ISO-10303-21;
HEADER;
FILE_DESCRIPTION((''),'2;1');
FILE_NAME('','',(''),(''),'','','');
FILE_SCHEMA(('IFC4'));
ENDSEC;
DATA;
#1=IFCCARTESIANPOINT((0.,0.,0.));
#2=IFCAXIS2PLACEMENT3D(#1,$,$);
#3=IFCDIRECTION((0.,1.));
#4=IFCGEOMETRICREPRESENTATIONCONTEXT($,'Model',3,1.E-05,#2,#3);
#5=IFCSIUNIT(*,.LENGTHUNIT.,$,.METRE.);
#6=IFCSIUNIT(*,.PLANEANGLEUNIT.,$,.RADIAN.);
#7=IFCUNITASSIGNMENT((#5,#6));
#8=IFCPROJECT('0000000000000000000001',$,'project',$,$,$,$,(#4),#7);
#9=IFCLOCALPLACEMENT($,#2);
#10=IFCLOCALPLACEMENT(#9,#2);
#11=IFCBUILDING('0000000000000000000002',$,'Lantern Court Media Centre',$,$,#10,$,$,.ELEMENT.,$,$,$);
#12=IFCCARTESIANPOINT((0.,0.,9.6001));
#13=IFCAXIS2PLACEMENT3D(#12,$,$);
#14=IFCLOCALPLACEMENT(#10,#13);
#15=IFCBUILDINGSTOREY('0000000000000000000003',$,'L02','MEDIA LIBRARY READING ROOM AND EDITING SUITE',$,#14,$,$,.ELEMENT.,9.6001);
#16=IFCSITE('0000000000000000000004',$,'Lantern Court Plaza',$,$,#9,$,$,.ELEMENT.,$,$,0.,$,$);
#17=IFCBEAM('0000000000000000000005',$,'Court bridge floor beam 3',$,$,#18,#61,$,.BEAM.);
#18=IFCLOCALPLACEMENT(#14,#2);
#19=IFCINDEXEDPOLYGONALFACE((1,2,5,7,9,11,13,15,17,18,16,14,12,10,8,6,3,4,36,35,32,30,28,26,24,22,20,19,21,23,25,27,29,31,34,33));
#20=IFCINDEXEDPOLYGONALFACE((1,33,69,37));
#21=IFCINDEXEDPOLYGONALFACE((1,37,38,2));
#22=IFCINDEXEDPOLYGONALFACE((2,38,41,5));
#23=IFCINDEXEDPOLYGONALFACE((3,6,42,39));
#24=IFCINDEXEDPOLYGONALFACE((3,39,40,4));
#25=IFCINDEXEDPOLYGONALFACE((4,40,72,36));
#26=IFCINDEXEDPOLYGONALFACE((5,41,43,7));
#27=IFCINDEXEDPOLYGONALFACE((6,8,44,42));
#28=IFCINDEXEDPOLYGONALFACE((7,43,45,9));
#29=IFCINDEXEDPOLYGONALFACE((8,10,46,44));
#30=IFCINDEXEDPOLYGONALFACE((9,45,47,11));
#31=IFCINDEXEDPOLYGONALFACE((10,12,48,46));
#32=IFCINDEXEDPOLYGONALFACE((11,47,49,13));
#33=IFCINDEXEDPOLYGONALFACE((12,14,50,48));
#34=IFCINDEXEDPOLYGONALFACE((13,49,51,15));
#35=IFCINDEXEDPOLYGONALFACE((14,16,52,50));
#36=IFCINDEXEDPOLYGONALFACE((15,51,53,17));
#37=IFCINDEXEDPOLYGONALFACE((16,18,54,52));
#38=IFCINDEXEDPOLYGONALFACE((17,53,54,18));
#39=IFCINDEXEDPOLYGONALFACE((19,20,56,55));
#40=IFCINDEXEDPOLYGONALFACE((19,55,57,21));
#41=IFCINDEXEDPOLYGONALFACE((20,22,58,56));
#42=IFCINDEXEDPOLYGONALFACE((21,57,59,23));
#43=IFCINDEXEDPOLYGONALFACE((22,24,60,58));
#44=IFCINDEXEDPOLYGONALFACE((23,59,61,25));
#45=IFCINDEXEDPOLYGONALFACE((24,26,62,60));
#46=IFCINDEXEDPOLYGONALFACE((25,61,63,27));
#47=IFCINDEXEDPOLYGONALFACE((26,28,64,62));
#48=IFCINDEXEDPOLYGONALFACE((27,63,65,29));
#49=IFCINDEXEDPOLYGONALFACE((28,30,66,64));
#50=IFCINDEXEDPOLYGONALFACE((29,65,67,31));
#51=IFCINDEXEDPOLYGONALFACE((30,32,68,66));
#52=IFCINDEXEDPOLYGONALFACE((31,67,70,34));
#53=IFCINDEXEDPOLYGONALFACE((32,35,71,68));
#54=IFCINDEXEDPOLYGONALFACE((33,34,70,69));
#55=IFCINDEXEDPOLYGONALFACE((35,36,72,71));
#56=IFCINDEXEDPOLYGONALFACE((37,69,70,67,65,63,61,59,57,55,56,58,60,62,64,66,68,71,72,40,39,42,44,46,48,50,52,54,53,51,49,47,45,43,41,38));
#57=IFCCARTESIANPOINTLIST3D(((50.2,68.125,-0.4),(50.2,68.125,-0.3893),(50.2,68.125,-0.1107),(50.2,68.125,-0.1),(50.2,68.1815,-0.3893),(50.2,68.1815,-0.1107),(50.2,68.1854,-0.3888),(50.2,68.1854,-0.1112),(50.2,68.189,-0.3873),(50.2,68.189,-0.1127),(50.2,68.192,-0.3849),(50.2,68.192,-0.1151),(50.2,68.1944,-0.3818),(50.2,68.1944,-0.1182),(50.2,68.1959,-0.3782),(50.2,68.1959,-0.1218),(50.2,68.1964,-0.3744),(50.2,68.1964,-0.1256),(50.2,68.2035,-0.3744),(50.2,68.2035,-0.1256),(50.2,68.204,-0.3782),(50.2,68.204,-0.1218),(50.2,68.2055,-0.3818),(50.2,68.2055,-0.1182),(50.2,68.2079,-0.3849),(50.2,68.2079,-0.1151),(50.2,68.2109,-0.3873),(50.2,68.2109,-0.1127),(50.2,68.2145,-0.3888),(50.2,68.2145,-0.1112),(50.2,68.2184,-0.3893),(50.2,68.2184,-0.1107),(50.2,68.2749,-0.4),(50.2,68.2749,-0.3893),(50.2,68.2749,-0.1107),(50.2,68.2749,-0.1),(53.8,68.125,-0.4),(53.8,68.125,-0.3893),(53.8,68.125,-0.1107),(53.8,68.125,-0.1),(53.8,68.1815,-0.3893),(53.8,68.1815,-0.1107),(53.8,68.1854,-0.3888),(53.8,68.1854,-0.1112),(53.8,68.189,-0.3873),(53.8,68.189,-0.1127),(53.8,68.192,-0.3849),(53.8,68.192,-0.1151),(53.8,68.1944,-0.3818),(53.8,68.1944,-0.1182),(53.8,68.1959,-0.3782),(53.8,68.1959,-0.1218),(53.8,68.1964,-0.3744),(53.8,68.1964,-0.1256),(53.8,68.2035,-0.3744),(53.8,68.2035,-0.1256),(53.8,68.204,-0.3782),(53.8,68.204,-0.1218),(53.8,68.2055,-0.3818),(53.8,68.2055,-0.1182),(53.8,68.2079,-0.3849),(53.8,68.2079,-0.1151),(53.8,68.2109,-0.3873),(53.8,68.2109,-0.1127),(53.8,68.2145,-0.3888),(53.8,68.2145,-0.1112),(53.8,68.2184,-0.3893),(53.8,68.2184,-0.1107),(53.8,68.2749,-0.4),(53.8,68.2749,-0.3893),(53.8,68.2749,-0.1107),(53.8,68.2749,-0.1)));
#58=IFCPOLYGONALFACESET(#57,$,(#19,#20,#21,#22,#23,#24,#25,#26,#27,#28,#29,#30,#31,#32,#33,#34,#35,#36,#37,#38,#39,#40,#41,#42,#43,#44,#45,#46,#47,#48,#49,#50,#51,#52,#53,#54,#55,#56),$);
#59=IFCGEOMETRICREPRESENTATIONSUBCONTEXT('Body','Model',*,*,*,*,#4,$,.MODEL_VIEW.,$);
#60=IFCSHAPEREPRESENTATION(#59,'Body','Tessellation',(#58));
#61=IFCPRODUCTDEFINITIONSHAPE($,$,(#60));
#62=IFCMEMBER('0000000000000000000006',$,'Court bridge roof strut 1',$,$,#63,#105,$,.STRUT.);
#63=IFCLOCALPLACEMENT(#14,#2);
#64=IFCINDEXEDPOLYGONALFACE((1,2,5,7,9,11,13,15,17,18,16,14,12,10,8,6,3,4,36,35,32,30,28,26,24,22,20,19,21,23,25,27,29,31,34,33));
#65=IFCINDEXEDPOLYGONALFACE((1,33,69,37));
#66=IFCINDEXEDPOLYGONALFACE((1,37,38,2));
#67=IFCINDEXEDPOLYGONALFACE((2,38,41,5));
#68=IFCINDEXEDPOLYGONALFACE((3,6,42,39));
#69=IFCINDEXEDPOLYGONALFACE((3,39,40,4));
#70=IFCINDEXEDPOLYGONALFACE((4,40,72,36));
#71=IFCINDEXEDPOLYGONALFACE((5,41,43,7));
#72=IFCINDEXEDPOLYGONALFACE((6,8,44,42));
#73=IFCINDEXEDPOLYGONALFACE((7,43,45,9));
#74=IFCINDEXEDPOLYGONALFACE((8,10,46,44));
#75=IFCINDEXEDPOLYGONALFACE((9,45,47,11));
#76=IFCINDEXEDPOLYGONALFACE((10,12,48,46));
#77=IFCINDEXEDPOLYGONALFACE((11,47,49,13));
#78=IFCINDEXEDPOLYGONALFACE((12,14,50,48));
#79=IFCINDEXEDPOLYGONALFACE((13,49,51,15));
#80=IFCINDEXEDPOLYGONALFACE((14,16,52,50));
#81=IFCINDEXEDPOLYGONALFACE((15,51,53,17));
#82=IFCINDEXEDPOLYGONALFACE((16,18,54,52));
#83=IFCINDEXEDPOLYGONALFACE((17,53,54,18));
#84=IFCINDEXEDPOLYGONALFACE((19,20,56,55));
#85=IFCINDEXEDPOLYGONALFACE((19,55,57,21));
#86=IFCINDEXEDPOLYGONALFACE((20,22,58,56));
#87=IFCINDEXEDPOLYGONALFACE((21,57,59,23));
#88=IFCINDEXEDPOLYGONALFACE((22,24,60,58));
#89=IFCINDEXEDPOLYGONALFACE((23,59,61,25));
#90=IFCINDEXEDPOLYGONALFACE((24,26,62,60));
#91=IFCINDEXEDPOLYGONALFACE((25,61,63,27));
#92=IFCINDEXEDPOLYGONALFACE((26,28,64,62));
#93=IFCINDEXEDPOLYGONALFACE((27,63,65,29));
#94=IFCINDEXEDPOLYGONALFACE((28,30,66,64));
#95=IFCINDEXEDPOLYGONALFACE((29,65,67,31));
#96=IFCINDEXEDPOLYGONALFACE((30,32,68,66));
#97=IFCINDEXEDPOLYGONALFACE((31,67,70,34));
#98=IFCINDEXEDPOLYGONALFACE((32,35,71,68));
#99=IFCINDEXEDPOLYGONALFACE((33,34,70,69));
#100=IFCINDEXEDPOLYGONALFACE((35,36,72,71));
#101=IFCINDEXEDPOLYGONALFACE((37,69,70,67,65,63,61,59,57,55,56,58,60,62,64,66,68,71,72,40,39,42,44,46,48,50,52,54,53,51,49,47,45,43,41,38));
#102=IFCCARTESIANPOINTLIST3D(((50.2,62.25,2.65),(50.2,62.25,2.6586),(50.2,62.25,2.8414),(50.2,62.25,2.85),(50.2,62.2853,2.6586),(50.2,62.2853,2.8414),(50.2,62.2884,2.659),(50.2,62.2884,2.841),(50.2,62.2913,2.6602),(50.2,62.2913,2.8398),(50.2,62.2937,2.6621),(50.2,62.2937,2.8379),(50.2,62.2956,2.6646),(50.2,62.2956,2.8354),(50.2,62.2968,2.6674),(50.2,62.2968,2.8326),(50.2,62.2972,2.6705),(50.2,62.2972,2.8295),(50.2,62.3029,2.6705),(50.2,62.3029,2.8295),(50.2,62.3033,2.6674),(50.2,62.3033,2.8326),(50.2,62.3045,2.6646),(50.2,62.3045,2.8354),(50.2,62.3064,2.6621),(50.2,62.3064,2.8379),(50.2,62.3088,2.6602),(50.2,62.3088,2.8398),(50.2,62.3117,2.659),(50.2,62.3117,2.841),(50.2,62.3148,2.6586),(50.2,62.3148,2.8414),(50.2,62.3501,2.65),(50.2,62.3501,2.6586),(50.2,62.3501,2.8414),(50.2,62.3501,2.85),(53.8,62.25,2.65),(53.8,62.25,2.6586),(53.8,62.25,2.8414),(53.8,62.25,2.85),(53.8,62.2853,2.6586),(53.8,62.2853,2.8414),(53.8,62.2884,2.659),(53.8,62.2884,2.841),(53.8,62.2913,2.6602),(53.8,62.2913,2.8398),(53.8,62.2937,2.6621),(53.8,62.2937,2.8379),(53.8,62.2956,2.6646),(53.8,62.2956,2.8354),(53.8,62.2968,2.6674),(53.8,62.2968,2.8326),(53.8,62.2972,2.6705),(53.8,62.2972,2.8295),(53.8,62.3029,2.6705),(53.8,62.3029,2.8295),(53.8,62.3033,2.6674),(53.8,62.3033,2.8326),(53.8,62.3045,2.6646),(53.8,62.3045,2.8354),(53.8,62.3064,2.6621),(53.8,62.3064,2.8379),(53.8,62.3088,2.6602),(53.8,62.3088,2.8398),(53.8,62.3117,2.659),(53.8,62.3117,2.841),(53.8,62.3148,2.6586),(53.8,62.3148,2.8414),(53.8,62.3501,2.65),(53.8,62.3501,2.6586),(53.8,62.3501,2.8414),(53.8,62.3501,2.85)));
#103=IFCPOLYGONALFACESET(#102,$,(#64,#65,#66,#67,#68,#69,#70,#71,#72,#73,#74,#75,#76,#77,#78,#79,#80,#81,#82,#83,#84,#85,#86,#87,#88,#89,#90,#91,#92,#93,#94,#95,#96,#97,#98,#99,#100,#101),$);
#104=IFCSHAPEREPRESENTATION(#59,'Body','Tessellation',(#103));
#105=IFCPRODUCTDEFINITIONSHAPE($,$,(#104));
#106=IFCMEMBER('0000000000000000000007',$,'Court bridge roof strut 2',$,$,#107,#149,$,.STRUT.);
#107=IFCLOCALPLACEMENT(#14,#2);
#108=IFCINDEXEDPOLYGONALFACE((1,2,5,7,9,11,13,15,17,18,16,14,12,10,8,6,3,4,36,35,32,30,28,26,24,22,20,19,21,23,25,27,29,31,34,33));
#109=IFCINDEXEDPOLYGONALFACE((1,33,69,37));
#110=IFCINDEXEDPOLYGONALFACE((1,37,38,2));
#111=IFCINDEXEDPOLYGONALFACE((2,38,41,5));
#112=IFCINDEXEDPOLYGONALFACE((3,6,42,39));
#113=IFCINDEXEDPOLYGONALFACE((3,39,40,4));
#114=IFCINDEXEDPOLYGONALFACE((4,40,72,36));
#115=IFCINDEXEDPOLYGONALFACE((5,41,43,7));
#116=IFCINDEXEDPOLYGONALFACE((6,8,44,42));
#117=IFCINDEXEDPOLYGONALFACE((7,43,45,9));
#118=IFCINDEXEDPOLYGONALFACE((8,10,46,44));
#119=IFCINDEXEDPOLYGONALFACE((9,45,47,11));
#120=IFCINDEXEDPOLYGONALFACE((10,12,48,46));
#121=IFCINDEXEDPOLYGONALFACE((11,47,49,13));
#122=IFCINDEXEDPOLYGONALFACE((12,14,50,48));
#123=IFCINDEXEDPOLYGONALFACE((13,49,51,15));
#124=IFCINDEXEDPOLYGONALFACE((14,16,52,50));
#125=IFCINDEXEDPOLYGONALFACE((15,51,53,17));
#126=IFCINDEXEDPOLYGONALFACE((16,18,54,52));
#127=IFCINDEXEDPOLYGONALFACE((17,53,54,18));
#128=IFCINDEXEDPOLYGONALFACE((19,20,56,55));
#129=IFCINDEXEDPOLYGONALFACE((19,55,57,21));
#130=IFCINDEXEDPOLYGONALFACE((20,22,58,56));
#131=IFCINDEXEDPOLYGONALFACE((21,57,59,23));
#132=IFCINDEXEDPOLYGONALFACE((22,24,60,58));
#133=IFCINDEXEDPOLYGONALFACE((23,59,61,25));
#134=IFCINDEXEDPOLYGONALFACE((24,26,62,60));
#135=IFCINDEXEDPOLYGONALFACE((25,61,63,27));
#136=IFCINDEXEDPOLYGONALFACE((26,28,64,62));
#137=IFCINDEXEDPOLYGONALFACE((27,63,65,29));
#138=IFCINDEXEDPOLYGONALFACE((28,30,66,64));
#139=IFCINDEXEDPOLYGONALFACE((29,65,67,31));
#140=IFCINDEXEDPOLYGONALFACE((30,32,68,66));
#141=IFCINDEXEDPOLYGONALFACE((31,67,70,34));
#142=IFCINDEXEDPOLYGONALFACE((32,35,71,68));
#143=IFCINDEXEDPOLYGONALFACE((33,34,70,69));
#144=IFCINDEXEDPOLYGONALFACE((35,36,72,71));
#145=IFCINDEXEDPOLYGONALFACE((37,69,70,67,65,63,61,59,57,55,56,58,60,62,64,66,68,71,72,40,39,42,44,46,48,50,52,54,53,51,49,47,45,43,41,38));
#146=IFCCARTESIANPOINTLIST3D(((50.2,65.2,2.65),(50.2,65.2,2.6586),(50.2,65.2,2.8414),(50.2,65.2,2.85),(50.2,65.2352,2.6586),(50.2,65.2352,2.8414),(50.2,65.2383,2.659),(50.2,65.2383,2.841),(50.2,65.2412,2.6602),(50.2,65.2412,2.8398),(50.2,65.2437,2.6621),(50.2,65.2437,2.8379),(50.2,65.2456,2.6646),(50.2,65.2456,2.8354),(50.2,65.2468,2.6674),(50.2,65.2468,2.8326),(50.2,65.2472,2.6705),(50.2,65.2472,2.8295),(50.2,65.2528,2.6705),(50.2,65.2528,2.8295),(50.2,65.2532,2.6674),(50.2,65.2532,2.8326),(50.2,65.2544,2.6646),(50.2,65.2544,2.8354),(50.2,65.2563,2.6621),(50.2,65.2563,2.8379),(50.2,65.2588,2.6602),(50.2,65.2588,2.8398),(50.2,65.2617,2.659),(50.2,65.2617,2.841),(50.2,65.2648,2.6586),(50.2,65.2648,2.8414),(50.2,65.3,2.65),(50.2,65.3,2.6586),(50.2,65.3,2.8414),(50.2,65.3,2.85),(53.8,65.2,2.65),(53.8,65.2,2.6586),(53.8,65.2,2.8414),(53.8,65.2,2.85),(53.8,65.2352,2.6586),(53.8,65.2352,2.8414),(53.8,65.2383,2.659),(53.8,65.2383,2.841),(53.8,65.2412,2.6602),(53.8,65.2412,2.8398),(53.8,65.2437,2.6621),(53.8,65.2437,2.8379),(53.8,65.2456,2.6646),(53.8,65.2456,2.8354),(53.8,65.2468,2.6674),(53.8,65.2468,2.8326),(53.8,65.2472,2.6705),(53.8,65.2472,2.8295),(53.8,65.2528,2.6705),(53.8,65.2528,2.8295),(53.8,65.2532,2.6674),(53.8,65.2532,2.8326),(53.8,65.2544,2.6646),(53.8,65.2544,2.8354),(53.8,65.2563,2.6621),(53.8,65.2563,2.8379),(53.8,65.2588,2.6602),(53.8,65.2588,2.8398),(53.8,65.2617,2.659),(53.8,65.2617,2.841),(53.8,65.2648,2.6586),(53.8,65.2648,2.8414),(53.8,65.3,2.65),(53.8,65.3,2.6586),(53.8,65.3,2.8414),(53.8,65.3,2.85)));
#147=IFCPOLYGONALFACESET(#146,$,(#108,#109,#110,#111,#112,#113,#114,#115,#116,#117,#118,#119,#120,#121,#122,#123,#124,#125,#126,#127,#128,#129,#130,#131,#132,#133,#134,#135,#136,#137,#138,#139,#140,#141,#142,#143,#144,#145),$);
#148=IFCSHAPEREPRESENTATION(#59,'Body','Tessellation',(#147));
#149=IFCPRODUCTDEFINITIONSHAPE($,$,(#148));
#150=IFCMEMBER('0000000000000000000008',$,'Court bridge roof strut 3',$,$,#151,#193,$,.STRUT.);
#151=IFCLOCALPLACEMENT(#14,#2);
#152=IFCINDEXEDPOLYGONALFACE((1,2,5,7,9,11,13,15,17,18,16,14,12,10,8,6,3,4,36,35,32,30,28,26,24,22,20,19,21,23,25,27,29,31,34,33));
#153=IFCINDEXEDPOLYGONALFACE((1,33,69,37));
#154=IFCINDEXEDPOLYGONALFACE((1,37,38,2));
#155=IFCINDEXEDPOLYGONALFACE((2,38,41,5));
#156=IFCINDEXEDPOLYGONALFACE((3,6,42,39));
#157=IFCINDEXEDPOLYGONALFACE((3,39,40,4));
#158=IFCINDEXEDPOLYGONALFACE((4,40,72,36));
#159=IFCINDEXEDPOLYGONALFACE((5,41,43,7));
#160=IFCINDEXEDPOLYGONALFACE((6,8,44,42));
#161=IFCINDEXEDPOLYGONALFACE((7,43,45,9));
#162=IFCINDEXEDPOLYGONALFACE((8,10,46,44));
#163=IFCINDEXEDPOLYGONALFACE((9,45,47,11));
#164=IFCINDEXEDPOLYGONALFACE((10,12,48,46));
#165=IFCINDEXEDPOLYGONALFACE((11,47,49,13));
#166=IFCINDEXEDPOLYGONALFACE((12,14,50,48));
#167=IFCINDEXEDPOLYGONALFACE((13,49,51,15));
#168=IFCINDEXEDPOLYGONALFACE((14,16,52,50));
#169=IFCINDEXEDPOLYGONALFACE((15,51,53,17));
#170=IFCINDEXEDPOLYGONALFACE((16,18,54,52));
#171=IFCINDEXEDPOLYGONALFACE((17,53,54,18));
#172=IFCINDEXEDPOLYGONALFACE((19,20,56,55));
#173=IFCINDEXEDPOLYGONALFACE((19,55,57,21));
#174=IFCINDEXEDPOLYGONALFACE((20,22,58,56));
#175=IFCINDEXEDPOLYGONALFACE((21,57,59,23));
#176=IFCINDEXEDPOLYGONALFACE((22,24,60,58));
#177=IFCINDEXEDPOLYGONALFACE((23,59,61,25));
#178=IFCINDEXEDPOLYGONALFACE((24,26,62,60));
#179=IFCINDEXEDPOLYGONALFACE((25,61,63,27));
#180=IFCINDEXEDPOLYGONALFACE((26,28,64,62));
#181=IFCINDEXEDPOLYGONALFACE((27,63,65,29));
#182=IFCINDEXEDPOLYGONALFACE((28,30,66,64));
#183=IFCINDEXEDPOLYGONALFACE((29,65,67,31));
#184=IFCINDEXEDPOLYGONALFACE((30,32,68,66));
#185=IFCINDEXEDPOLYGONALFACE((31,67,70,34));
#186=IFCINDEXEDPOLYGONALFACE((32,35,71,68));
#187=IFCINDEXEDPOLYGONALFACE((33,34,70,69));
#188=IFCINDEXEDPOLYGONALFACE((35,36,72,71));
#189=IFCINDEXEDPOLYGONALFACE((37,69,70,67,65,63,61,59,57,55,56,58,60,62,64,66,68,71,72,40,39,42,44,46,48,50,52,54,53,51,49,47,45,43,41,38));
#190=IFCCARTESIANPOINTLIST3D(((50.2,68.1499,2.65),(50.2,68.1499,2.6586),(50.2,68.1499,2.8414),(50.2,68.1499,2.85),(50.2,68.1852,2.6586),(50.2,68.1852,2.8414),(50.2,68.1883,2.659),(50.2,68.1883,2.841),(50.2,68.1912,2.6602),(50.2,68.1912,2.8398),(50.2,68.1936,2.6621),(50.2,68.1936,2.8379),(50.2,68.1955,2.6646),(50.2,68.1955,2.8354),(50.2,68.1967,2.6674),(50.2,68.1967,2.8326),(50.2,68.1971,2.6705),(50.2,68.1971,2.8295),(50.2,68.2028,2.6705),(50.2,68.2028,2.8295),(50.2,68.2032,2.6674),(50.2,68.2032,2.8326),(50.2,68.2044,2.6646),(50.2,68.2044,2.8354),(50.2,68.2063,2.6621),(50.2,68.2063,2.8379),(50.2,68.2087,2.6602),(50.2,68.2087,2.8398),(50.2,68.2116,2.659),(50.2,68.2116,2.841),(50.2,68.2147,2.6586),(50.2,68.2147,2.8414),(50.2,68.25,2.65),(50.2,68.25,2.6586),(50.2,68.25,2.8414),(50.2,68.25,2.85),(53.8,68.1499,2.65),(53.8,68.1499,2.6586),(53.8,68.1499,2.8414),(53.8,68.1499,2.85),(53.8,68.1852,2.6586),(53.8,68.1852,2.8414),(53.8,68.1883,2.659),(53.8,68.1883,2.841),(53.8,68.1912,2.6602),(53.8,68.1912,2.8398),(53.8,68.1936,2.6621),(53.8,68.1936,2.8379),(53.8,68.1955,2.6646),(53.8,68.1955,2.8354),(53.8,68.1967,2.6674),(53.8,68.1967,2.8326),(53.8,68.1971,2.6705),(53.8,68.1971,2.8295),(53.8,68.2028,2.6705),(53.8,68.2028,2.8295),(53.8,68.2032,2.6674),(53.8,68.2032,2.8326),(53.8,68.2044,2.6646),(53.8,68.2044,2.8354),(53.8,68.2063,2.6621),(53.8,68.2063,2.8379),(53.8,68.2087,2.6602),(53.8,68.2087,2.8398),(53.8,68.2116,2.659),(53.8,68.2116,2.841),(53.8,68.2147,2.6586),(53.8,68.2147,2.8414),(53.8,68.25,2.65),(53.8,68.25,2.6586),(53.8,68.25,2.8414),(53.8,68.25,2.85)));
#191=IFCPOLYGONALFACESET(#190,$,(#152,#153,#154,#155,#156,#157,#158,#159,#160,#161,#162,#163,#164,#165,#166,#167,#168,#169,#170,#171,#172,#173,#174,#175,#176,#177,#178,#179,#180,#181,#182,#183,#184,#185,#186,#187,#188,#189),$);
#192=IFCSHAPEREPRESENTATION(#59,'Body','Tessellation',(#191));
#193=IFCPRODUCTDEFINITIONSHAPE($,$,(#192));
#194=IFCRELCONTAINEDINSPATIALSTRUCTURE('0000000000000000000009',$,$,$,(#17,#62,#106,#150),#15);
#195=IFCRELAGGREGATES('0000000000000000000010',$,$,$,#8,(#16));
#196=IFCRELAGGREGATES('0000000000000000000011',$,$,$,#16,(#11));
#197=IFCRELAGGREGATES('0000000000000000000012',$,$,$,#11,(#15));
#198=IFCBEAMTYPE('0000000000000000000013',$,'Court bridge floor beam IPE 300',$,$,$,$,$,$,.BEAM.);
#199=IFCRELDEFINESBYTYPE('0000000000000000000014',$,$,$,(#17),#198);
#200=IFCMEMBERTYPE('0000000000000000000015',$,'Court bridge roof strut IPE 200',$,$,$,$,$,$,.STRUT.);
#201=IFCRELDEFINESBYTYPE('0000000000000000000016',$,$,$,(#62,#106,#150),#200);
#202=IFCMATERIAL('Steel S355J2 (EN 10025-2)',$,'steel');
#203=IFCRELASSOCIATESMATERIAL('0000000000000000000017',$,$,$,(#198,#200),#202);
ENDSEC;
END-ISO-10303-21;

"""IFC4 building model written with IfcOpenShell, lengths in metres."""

from ifc_helpers import new_model, si_unit, direction, frame, origin, origin_2d, place, context, subcontext, project, spatial, i_section, extrude, material, material_profile, profile_set, type_object, element, save


model = new_model("IFC4")

# Units and contexts
model_context = context("Model", 3, precision=1e-05, world=origin(), true_north=direction((0.0, 1.0)))
body_context = subcontext(model_context, "Body", "Model", "MODEL_VIEW")
ifc_project = project(units=[si_unit("LENGTHUNIT", "METRE"), si_unit("PLANEANGLEUNIT", "RADIAN")], contexts=[model_context])

# Site, building, storey
site_placement = place(None, origin())
site = spatial("IfcSite", under=ifc_project, at=site_placement, Name="Lantern Court Plaza", CompositionType="ELEMENT", RefElevation=0.0)
building_placement = place(site_placement, origin())
building = spatial("IfcBuilding", under=site, at=building_placement, Name="Lantern Court Media Centre", CompositionType="ELEMENT")
storey_placement = place(building_placement, frame((0.0, 0.0, 9.6001)))
storey = spatial("IfcBuildingStorey", under=building, at=storey_placement, Name="L02", Description="MEDIA LIBRARY READING ROOM AND EDITING SUITE", CompositionType="ELEMENT", Elevation=9.6001)

# Shared definitions
ifc_material = material(Name="Steel S355J2 (EN 10025-2)", Category="steel")

# Beam
ifc_material_profile_1 = material_profile(ifc_material, i_section(OverallWidth=0.1499, OverallDepth=0.3, WebThickness=0.0071, FlangeThickness=0.0107, FilletRadius=0.0149, at=origin_2d()), Name="IPE 300")
ifc_profile_set_1 = profile_set([ifc_material_profile_1], Name="Steel S355J2 (EN 10025-2)")
beam_type_1 = type_object("IfcBeamType", Name="Court bridge floor beam IPE 300", PredefinedType="BEAM", material=ifc_profile_set_1)
for number, where, z_axis, x_axis, name in (
    (1, (50.2, 68.2, -0.25), (1.0, 0.0, 0.0), (0.0, 1.0, 0.0), "Court bridge floor beam 3"),
):
    element("IfcBeam", number, at=place(storey_placement, frame(where, z_axis=z_axis, x_axis=x_axis)), inside=storey, type_object=beam_type_1, Name=name, PredefinedType="BEAM", context=body_context, shape_type="SweptSolid", body=[
        extrude(i_section(OverallWidth=0.1499, OverallDepth=0.3, WebThickness=0.0071, FlangeThickness=0.0107, FilletRadius=0.0149, at=origin_2d()), origin(), (0.0, 0.0, 1.0), 3.6001),
    ])

# Members
ifc_material_profile_2 = material_profile(ifc_material, i_section(OverallWidth=0.1001, OverallDepth=0.2, WebThickness=0.0056, FlangeThickness=0.0085, FilletRadius=0.012, at=origin_2d()), Name="IPE 200")
ifc_profile_set_2 = profile_set([ifc_material_profile_2], Name="Steel S355J2 (EN 10025-2)")
member_type_1 = type_object("IfcMemberType", Name="Court bridge roof strut IPE 200", PredefinedType="STRUT", material=ifc_profile_set_2)
for number, where, z_axis, x_axis, name in (
    (2, (50.2, 62.3, 2.75), (1.0, 0.0, 0.0), (0.0, 1.0, 0.0), "Court bridge roof strut 1"),
    (3, (50.2, 65.25, 2.75), (1.0, 0.0, 0.0), (0.0, 1.0, 0.0), "Court bridge roof strut 2"),
    (4, (50.2, 68.2, 2.75), (1.0, 0.0, 0.0), (0.0, 1.0, 0.0), "Court bridge roof strut 3"),
):
    element("IfcMember", number, at=place(storey_placement, frame(where, z_axis=z_axis, x_axis=x_axis)), inside=storey, type_object=member_type_1, Name=name, PredefinedType="STRUT", context=body_context, shape_type="SweptSolid", body=[
        extrude(i_section(OverallWidth=0.1001, OverallDepth=0.2, WebThickness=0.0056, FlangeThickness=0.0085, FilletRadius=0.012, at=origin_2d()), origin(), (0.0, 0.0, 1.0), 3.6001),
    ])

save(model, "model.ifc")
